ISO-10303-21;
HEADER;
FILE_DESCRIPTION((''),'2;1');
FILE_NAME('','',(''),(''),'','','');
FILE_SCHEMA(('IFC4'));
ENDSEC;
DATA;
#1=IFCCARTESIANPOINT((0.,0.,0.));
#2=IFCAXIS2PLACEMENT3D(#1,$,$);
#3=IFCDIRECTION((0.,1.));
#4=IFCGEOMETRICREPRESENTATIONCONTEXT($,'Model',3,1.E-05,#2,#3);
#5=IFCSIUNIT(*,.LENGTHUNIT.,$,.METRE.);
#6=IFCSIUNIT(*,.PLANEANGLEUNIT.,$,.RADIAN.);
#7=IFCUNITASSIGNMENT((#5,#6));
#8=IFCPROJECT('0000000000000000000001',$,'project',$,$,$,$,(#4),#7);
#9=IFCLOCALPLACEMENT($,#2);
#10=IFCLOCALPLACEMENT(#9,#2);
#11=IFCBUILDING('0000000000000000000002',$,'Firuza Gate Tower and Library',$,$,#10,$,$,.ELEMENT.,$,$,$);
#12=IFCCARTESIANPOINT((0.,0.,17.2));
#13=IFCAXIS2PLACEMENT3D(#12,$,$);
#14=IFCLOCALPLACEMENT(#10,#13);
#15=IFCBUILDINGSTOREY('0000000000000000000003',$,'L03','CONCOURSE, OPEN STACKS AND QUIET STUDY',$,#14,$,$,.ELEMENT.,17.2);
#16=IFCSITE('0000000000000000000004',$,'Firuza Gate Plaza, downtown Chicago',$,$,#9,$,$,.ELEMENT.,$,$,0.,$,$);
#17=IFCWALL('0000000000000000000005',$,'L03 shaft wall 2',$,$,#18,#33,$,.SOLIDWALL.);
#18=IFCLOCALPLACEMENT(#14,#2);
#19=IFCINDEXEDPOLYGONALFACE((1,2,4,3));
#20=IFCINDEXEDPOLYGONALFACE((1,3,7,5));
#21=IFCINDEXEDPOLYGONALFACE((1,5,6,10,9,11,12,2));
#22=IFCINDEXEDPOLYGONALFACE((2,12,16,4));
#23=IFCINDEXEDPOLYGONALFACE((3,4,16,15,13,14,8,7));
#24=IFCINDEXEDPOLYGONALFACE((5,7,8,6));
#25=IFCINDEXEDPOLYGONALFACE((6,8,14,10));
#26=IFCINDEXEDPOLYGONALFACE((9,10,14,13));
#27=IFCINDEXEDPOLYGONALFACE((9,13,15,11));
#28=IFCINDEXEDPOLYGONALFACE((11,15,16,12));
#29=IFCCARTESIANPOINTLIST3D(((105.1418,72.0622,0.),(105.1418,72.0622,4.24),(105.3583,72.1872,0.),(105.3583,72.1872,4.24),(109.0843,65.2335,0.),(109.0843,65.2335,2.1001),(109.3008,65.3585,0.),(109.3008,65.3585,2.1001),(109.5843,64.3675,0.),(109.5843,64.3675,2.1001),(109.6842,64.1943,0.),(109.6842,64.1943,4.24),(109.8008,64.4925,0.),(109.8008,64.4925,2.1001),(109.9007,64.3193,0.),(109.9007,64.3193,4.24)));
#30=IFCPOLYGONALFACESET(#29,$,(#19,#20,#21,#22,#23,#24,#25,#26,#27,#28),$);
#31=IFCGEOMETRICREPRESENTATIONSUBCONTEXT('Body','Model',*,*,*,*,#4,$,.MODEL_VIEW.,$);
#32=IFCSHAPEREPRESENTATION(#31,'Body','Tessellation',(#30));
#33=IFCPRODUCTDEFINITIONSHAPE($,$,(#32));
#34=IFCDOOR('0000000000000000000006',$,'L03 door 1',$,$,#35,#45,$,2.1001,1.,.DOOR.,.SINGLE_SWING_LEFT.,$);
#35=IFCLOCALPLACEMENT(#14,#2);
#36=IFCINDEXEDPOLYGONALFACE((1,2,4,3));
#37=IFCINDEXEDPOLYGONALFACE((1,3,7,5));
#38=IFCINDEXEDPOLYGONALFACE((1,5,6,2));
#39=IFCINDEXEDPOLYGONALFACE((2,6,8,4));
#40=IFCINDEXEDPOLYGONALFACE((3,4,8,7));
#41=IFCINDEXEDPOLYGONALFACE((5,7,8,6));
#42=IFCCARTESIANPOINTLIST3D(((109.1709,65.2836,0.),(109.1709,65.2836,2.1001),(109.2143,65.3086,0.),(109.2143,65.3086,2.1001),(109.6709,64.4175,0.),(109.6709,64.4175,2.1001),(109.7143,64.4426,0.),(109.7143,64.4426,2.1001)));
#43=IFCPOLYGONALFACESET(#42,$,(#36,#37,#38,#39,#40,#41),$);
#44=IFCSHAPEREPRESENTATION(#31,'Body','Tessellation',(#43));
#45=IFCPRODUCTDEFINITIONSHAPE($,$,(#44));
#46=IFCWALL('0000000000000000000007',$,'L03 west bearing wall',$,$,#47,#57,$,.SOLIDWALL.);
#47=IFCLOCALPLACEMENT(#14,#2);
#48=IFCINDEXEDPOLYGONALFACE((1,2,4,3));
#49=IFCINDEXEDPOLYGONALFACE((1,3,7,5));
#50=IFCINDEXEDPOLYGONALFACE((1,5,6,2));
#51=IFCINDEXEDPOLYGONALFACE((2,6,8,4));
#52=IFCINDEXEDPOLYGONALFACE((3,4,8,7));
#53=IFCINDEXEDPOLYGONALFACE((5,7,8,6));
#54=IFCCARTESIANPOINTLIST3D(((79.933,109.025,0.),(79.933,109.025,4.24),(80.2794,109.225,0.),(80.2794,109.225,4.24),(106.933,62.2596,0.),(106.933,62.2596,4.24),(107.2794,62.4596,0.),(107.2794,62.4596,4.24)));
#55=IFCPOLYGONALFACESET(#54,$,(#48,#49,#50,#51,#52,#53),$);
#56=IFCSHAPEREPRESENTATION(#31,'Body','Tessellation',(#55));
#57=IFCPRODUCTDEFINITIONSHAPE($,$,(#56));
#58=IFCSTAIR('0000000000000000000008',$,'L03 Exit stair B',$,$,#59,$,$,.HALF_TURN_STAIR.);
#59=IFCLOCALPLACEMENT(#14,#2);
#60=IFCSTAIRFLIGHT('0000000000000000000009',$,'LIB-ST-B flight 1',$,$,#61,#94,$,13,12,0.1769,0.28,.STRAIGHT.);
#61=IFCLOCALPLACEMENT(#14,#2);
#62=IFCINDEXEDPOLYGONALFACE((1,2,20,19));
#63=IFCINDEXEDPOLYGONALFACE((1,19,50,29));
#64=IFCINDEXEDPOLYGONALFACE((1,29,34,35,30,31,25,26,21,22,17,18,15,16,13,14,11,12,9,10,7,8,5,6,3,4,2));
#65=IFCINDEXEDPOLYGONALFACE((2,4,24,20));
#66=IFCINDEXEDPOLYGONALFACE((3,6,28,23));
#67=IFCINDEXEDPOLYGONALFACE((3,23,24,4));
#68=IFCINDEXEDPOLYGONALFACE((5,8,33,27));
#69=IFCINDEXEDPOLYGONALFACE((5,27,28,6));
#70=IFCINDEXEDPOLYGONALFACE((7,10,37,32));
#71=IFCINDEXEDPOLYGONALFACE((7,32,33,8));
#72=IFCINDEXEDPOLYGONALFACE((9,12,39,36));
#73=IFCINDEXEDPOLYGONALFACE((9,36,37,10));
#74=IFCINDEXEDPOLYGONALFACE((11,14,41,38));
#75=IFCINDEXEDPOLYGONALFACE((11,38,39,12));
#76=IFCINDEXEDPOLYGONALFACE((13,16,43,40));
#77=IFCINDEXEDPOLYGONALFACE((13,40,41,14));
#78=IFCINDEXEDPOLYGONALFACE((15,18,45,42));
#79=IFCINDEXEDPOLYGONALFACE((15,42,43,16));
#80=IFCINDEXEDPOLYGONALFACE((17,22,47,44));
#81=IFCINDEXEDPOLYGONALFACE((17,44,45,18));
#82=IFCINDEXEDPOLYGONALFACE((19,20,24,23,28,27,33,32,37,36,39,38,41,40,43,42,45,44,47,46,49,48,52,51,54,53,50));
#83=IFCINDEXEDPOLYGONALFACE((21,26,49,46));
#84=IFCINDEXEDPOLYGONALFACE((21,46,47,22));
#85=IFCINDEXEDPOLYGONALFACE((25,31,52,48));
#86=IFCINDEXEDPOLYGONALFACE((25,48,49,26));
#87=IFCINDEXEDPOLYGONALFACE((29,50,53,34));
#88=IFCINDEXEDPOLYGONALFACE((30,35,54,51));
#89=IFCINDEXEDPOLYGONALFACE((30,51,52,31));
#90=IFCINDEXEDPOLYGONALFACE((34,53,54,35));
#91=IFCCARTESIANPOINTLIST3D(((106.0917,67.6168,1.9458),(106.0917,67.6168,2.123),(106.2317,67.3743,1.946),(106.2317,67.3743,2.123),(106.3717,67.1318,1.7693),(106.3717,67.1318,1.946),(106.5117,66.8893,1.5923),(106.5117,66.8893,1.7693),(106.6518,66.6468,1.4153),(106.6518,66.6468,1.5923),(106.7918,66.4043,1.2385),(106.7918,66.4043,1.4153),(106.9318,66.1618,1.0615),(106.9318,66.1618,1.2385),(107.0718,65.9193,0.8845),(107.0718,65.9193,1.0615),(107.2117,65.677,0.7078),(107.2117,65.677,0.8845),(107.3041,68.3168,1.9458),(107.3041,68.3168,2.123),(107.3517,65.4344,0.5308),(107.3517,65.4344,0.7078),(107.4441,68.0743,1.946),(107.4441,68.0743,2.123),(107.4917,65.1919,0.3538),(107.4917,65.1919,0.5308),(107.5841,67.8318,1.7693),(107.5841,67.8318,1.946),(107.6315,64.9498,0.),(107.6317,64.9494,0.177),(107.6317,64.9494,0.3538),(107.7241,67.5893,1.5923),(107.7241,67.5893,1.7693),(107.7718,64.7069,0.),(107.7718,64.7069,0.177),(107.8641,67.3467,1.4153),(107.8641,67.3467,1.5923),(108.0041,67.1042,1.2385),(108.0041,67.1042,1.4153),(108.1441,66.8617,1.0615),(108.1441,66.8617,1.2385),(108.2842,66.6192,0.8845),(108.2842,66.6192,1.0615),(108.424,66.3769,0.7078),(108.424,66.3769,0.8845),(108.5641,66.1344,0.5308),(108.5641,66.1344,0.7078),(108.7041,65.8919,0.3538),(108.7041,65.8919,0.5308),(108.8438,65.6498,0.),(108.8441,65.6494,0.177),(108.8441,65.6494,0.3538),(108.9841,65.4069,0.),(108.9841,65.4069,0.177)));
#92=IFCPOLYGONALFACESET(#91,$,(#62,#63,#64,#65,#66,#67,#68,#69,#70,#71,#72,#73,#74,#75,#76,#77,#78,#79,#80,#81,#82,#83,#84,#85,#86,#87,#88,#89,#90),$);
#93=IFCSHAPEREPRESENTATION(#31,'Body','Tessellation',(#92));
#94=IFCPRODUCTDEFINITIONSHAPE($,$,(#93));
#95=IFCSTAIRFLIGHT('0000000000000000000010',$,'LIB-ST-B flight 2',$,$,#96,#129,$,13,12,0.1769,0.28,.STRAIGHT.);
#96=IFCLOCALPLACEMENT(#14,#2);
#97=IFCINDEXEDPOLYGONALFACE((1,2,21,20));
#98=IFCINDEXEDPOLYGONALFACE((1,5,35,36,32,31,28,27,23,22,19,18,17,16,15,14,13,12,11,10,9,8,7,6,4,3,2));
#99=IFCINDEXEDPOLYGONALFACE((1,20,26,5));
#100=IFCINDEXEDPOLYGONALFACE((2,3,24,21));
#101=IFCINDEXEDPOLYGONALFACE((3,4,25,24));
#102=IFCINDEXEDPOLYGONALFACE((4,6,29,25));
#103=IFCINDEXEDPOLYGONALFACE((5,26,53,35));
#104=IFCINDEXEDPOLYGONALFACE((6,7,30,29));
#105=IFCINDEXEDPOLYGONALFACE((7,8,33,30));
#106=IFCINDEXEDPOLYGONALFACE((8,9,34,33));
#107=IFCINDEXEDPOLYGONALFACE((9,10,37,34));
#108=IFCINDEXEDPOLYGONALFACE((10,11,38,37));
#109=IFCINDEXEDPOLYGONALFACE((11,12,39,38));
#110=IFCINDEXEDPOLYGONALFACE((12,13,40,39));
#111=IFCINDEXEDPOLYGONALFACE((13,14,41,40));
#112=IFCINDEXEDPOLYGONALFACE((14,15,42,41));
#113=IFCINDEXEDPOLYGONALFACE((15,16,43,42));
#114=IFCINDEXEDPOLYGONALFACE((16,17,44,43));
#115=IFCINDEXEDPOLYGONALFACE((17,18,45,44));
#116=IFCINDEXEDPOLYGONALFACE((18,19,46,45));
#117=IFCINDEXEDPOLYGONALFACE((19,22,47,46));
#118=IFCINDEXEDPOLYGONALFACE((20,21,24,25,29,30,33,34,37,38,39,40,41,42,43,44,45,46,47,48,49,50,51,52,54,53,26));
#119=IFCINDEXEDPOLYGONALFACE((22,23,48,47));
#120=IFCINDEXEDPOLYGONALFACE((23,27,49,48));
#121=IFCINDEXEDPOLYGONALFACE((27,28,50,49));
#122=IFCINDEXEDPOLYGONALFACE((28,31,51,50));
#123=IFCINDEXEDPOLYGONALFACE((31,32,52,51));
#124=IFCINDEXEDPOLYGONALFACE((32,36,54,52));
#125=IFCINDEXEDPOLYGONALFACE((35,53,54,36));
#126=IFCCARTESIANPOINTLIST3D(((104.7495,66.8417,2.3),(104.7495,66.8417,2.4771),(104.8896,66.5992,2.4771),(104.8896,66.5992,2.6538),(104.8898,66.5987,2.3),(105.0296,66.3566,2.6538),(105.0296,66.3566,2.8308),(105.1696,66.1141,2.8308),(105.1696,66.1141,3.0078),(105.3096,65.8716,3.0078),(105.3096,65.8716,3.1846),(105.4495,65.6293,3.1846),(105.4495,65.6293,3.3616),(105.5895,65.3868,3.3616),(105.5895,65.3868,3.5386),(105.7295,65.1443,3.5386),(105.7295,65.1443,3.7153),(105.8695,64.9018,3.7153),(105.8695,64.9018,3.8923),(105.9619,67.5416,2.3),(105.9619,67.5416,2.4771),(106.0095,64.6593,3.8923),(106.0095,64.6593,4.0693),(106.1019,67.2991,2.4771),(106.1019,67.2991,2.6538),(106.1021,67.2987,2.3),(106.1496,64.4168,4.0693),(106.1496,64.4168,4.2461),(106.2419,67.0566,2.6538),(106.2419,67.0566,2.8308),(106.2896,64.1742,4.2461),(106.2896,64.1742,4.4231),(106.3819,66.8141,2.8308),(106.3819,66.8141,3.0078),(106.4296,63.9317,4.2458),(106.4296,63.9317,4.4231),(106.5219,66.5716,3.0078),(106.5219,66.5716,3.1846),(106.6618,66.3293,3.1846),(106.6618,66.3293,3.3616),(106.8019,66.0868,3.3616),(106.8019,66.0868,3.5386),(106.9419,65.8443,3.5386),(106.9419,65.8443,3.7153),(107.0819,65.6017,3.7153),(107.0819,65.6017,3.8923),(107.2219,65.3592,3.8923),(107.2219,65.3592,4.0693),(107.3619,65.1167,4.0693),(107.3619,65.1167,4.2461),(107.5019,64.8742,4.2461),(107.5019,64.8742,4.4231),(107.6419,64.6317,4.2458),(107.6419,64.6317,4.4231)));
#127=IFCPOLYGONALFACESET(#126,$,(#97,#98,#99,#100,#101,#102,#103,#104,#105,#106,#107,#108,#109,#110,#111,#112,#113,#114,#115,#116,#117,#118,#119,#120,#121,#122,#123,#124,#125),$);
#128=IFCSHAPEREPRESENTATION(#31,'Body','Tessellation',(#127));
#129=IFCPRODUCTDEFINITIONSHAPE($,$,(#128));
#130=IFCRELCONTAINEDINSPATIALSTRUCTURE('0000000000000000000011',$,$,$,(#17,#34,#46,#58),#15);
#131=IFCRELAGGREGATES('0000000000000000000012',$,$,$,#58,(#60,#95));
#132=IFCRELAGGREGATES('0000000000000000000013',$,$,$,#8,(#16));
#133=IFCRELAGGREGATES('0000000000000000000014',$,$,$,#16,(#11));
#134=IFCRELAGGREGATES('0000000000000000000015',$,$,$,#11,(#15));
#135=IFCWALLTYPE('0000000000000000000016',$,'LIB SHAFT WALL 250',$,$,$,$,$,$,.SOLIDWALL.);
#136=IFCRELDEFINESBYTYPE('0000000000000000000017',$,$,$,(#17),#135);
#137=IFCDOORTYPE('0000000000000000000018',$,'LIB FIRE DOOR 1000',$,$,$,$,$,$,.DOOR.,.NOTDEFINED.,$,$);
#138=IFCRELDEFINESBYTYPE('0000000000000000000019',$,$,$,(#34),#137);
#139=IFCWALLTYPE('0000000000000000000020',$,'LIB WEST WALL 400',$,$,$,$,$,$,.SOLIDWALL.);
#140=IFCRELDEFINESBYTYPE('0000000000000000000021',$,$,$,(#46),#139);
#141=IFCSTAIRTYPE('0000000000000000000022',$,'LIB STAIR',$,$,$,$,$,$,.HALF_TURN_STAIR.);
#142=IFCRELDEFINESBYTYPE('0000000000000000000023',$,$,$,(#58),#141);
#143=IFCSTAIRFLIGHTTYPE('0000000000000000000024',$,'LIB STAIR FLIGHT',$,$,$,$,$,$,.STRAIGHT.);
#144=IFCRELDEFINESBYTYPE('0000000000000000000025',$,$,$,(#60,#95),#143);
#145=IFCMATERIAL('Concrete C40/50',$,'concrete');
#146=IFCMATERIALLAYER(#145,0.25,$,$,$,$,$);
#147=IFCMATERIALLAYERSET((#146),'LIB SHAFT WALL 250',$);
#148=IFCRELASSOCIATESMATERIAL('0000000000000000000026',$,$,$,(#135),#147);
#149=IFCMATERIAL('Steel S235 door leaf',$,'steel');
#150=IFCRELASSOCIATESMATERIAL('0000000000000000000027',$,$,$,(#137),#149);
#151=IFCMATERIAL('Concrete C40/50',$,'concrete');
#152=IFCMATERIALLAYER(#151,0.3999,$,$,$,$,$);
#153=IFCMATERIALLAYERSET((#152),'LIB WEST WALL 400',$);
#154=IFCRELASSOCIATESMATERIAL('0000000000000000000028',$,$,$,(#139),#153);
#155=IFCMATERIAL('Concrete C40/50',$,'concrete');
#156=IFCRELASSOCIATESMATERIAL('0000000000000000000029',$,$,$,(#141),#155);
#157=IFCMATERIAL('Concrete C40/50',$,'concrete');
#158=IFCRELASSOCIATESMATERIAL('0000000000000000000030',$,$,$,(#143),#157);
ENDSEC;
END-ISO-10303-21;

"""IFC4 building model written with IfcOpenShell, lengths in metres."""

from ifc_helpers import new_model, si_unit, direction, frame, frame_2d, origin, place, context, subcontext, project, spatial, polyline, rectangle, outline, extrude, material, layer, layer_set, type_object, element, fill, aggregate, save


model = new_model("IFC4")

# Units and contexts
model_context = context("Model", 3, precision=1e-05, world=origin(), true_north=direction((0.0, 1.0)))
body_context = subcontext(model_context, "Body", "Model", "MODEL_VIEW")
ifc_project = project(units=[si_unit("LENGTHUNIT", "METRE"), si_unit("PLANEANGLEUNIT", "RADIAN")], contexts=[model_context])

# Site, building, storey
site_placement = place(None, origin())
site = spatial("IfcSite", under=ifc_project, at=site_placement, Name="Firuza Gate Plaza, downtown Chicago", CompositionType="ELEMENT", RefElevation=0.0)
building_placement = place(site_placement, origin())
building = spatial("IfcBuilding", under=site, at=building_placement, Name="Firuza Gate Tower and Library", CompositionType="ELEMENT")
storey_placement = place(building_placement, frame((0.0, 0.0, 17.2)))
storey = spatial("IfcBuildingStorey", under=building, at=storey_placement, Name="L03", Description="CONCOURSE, OPEN STACKS AND QUIET STUDY", CompositionType="ELEMENT", Elevation=17.2)

# Shared definitions
placement = place(storey_placement, origin())

# Wall, opening, door
ifc_material_1 = material(Name="Concrete C40/50", Category="concrete")
ifc_layer_1 = layer(ifc_material_1, 0.25)
ifc_layer_set_1 = layer_set([ifc_layer_1], Name="LIB SHAFT WALL 250")
wall_type_1 = type_object("IfcWallType", Name="LIB SHAFT WALL 250", PredefinedType="SOLIDWALL", material=ifc_layer_set_1)
wall_1_placement = place(storey_placement, frame((109.7925, 64.2568, 0.0), z_axis=(0.0, 0.0, 1.0), x_axis=(-0.499995, 0.866029, 0.0)))
wall_1 = element("IfcWall", 1, at=wall_1_placement, inside=storey, type_object=wall_type_1, Name="L03 shaft wall 2", PredefinedType="SOLIDWALL", context=body_context, shape_type="SweptSolid", body=[
    extrude(rectangle(XDim=9.085, YDim=0.25, at=frame_2d((4.5425, 0.0))), origin(), (0.0, 0.0, 1.0), 4.24),
])
opening_placement = place(wall_1_placement, frame((0.2, 0.0, 0.0)))
opening = element("IfcOpeningElement", 2, at=opening_placement, cuts=wall_1, PredefinedType="OPENING", context=body_context, shape_type="SweptSolid", body=[
    extrude(rectangle(XDim=1.0, YDim=2.1001, at=frame_2d((0.5, 1.05))), frame((0.0, 0.135, 0.0), z_axis=(0.0, -1.0, 0.0), x_axis=(1.0, 0.0, 0.0)), (0.0, 0.0, 1.0), 0.27),
])
ifc_material_2 = material(Name="Steel S235 door leaf", Category="steel")
door_type = type_object("IfcDoorType", Name="LIB FIRE DOOR 1000", OperationType="NOTDEFINED", PredefinedType="DOOR", material=ifc_material_2)
door_placement = place(opening_placement, origin())
door = element("IfcDoor", 3, at=door_placement, inside=storey, type_object=door_type, Name="L03 door 1", OperationType="SINGLE_SWING_LEFT", OverallHeight=2.1001, OverallWidth=1.0, PredefinedType="DOOR", context=body_context, shape_type="SweptSolid", body=[
    extrude(rectangle(XDim=1.0, YDim=2.1001, at=frame_2d((0.5, 1.05))), frame((0.0, 0.0249, 0.0), z_axis=(0.0, -1.0, 0.0), x_axis=(1.0, 0.0, 0.0)), (0.0, 0.0, 1.0), 0.05),
])
fill(opening, door)

# Wall
ifc_material_3 = material(Name="Concrete C40/50", Category="concrete")
ifc_layer_2 = layer(ifc_material_3, 0.3999)
ifc_layer_set_2 = layer_set([ifc_layer_2], Name="LIB WEST WALL 400")
wall_type_2 = type_object("IfcWallType", Name="LIB WEST WALL 400", PredefinedType="SOLIDWALL", material=ifc_layer_set_2)
wall_2_placement = place(storey_placement, frame((107.1062, 62.3596, 0.0), z_axis=(0.0, 0.0, 1.0), x_axis=(-0.5, 0.866025, 0.0)))
element("IfcWall", 4, at=wall_2_placement, inside=storey, type_object=wall_type_2, Name="L03 west bearing wall", PredefinedType="SOLIDWALL", context=body_context, shape_type="SweptSolid", body=[
    extrude(rectangle(XDim=54.0, YDim=0.3999, at=frame_2d((27.0, 0.0))), origin(), (0.0, 0.0, 1.0), 4.24),
])

# Stair, stair flights
ifc_material_4 = material(Name="Concrete C40/50", Category="concrete")
stair_type = type_object("IfcStairType", Name="LIB STAIR", PredefinedType="HALF_TURN_STAIR", material=ifc_material_4)
stair = element("IfcStair", 5, at=placement, inside=storey, type_object=stair_type, Name="L03 Exit stair B", PredefinedType="HALF_TURN_STAIR")
ifc_material_5 = material(Name="Concrete C40/50", Category="concrete")
stair_flight_type = type_object("IfcStairFlightType", Name="LIB STAIR FLIGHT", PredefinedType="STRAIGHT", material=ifc_material_5)
stair_flight_1_placement = place(storey_placement, frame((108.3779, 65.0569, 0.0), z_axis=(0.0, 0.0, 1.0), x_axis=(-0.5, 0.866025, 0.0)))
stair_flight_1 = element("IfcStairFlight", 6, at=stair_flight_1_placement, type_object=stair_flight_type, Name="LIB-ST-B flight 1", NumberOfRisers=13, NumberOfTreads=12, PredefinedType="STRAIGHT", RiserHeight=0.1769, TreadLength=0.28, context=body_context, shape_type="SweptSolid", body=[
    extrude(outline(polyline([(0.0, 0.0), (0.0, 0.177), (0.28, 0.177), (0.28, 0.3538), (0.5601, 0.3538), (0.5601, 0.5308), (0.8401, 0.5308), (0.8401, 0.7078), (1.1201, 0.7078), (1.1201, 0.8845), (1.3999, 0.8845), (1.3999, 1.0615), (1.6799, 1.0615), (1.6799, 1.2385), (1.96, 1.2385), (1.96, 1.4153), (2.24, 1.4153), (2.24, 1.5923), (2.52, 1.5923), (2.52, 1.7693), (2.8, 1.7693), (2.8, 1.946), (3.0801, 1.946), (3.0801, 2.123), (3.3601, 2.123), (3.3601, 2.3), (3.3601, 1.9458), (0.2805, 0.0), (0.0, 0.0)])), frame((0.0, 0.7, 0.0), z_axis=(0.0, -1.0, 0.0), x_axis=(1.0, 0.0, 0.0)), (0.0, 0.0, 1.0), 1.3999),
])
stair_flight_2_placement = place(storey_placement, frame((105.3557, 67.1917, 2.3), z_axis=(0.0, 0.0, 1.0), x_axis=(0.5, -0.866025, 0.0)))
stair_flight_2 = element("IfcStairFlight", 7, at=stair_flight_2_placement, type_object=stair_flight_type, Name="LIB-ST-B flight 2", NumberOfRisers=13, NumberOfTreads=12, PredefinedType="STRAIGHT", RiserHeight=0.1769, TreadLength=0.28, context=body_context, shape_type="SweptSolid", body=[
    extrude(outline(polyline([(0.0, 0.0), (0.0, 0.177), (0.28, 0.177), (0.28, 0.3538), (0.5601, 0.3538), (0.5601, 0.5308), (0.8401, 0.5308), (0.8401, 0.7078), (1.1201, 0.7078), (1.1201, 0.8845), (1.3999, 0.8845), (1.3999, 1.0615), (1.6799, 1.0615), (1.6799, 1.2385), (1.96, 1.2385), (1.96, 1.4153), (2.24, 1.4153), (2.24, 1.5923), (2.52, 1.5923), (2.52, 1.7693), (2.8, 1.7693), (2.8, 1.946), (3.0801, 1.946), (3.0801, 2.123), (3.3601, 2.123), (3.3601, 2.3), (3.3601, 1.9458), (0.2805, 0.0), (0.0, 0.0)])), frame((0.0, 0.7, 0.0), z_axis=(0.0, -1.0, 0.0), x_axis=(1.0, 0.0, 0.0)), (0.0, 0.0, 1.0), 1.3999),
])
aggregate(stair, [stair_flight_1, stair_flight_2])

save(model, "model.ifc")
